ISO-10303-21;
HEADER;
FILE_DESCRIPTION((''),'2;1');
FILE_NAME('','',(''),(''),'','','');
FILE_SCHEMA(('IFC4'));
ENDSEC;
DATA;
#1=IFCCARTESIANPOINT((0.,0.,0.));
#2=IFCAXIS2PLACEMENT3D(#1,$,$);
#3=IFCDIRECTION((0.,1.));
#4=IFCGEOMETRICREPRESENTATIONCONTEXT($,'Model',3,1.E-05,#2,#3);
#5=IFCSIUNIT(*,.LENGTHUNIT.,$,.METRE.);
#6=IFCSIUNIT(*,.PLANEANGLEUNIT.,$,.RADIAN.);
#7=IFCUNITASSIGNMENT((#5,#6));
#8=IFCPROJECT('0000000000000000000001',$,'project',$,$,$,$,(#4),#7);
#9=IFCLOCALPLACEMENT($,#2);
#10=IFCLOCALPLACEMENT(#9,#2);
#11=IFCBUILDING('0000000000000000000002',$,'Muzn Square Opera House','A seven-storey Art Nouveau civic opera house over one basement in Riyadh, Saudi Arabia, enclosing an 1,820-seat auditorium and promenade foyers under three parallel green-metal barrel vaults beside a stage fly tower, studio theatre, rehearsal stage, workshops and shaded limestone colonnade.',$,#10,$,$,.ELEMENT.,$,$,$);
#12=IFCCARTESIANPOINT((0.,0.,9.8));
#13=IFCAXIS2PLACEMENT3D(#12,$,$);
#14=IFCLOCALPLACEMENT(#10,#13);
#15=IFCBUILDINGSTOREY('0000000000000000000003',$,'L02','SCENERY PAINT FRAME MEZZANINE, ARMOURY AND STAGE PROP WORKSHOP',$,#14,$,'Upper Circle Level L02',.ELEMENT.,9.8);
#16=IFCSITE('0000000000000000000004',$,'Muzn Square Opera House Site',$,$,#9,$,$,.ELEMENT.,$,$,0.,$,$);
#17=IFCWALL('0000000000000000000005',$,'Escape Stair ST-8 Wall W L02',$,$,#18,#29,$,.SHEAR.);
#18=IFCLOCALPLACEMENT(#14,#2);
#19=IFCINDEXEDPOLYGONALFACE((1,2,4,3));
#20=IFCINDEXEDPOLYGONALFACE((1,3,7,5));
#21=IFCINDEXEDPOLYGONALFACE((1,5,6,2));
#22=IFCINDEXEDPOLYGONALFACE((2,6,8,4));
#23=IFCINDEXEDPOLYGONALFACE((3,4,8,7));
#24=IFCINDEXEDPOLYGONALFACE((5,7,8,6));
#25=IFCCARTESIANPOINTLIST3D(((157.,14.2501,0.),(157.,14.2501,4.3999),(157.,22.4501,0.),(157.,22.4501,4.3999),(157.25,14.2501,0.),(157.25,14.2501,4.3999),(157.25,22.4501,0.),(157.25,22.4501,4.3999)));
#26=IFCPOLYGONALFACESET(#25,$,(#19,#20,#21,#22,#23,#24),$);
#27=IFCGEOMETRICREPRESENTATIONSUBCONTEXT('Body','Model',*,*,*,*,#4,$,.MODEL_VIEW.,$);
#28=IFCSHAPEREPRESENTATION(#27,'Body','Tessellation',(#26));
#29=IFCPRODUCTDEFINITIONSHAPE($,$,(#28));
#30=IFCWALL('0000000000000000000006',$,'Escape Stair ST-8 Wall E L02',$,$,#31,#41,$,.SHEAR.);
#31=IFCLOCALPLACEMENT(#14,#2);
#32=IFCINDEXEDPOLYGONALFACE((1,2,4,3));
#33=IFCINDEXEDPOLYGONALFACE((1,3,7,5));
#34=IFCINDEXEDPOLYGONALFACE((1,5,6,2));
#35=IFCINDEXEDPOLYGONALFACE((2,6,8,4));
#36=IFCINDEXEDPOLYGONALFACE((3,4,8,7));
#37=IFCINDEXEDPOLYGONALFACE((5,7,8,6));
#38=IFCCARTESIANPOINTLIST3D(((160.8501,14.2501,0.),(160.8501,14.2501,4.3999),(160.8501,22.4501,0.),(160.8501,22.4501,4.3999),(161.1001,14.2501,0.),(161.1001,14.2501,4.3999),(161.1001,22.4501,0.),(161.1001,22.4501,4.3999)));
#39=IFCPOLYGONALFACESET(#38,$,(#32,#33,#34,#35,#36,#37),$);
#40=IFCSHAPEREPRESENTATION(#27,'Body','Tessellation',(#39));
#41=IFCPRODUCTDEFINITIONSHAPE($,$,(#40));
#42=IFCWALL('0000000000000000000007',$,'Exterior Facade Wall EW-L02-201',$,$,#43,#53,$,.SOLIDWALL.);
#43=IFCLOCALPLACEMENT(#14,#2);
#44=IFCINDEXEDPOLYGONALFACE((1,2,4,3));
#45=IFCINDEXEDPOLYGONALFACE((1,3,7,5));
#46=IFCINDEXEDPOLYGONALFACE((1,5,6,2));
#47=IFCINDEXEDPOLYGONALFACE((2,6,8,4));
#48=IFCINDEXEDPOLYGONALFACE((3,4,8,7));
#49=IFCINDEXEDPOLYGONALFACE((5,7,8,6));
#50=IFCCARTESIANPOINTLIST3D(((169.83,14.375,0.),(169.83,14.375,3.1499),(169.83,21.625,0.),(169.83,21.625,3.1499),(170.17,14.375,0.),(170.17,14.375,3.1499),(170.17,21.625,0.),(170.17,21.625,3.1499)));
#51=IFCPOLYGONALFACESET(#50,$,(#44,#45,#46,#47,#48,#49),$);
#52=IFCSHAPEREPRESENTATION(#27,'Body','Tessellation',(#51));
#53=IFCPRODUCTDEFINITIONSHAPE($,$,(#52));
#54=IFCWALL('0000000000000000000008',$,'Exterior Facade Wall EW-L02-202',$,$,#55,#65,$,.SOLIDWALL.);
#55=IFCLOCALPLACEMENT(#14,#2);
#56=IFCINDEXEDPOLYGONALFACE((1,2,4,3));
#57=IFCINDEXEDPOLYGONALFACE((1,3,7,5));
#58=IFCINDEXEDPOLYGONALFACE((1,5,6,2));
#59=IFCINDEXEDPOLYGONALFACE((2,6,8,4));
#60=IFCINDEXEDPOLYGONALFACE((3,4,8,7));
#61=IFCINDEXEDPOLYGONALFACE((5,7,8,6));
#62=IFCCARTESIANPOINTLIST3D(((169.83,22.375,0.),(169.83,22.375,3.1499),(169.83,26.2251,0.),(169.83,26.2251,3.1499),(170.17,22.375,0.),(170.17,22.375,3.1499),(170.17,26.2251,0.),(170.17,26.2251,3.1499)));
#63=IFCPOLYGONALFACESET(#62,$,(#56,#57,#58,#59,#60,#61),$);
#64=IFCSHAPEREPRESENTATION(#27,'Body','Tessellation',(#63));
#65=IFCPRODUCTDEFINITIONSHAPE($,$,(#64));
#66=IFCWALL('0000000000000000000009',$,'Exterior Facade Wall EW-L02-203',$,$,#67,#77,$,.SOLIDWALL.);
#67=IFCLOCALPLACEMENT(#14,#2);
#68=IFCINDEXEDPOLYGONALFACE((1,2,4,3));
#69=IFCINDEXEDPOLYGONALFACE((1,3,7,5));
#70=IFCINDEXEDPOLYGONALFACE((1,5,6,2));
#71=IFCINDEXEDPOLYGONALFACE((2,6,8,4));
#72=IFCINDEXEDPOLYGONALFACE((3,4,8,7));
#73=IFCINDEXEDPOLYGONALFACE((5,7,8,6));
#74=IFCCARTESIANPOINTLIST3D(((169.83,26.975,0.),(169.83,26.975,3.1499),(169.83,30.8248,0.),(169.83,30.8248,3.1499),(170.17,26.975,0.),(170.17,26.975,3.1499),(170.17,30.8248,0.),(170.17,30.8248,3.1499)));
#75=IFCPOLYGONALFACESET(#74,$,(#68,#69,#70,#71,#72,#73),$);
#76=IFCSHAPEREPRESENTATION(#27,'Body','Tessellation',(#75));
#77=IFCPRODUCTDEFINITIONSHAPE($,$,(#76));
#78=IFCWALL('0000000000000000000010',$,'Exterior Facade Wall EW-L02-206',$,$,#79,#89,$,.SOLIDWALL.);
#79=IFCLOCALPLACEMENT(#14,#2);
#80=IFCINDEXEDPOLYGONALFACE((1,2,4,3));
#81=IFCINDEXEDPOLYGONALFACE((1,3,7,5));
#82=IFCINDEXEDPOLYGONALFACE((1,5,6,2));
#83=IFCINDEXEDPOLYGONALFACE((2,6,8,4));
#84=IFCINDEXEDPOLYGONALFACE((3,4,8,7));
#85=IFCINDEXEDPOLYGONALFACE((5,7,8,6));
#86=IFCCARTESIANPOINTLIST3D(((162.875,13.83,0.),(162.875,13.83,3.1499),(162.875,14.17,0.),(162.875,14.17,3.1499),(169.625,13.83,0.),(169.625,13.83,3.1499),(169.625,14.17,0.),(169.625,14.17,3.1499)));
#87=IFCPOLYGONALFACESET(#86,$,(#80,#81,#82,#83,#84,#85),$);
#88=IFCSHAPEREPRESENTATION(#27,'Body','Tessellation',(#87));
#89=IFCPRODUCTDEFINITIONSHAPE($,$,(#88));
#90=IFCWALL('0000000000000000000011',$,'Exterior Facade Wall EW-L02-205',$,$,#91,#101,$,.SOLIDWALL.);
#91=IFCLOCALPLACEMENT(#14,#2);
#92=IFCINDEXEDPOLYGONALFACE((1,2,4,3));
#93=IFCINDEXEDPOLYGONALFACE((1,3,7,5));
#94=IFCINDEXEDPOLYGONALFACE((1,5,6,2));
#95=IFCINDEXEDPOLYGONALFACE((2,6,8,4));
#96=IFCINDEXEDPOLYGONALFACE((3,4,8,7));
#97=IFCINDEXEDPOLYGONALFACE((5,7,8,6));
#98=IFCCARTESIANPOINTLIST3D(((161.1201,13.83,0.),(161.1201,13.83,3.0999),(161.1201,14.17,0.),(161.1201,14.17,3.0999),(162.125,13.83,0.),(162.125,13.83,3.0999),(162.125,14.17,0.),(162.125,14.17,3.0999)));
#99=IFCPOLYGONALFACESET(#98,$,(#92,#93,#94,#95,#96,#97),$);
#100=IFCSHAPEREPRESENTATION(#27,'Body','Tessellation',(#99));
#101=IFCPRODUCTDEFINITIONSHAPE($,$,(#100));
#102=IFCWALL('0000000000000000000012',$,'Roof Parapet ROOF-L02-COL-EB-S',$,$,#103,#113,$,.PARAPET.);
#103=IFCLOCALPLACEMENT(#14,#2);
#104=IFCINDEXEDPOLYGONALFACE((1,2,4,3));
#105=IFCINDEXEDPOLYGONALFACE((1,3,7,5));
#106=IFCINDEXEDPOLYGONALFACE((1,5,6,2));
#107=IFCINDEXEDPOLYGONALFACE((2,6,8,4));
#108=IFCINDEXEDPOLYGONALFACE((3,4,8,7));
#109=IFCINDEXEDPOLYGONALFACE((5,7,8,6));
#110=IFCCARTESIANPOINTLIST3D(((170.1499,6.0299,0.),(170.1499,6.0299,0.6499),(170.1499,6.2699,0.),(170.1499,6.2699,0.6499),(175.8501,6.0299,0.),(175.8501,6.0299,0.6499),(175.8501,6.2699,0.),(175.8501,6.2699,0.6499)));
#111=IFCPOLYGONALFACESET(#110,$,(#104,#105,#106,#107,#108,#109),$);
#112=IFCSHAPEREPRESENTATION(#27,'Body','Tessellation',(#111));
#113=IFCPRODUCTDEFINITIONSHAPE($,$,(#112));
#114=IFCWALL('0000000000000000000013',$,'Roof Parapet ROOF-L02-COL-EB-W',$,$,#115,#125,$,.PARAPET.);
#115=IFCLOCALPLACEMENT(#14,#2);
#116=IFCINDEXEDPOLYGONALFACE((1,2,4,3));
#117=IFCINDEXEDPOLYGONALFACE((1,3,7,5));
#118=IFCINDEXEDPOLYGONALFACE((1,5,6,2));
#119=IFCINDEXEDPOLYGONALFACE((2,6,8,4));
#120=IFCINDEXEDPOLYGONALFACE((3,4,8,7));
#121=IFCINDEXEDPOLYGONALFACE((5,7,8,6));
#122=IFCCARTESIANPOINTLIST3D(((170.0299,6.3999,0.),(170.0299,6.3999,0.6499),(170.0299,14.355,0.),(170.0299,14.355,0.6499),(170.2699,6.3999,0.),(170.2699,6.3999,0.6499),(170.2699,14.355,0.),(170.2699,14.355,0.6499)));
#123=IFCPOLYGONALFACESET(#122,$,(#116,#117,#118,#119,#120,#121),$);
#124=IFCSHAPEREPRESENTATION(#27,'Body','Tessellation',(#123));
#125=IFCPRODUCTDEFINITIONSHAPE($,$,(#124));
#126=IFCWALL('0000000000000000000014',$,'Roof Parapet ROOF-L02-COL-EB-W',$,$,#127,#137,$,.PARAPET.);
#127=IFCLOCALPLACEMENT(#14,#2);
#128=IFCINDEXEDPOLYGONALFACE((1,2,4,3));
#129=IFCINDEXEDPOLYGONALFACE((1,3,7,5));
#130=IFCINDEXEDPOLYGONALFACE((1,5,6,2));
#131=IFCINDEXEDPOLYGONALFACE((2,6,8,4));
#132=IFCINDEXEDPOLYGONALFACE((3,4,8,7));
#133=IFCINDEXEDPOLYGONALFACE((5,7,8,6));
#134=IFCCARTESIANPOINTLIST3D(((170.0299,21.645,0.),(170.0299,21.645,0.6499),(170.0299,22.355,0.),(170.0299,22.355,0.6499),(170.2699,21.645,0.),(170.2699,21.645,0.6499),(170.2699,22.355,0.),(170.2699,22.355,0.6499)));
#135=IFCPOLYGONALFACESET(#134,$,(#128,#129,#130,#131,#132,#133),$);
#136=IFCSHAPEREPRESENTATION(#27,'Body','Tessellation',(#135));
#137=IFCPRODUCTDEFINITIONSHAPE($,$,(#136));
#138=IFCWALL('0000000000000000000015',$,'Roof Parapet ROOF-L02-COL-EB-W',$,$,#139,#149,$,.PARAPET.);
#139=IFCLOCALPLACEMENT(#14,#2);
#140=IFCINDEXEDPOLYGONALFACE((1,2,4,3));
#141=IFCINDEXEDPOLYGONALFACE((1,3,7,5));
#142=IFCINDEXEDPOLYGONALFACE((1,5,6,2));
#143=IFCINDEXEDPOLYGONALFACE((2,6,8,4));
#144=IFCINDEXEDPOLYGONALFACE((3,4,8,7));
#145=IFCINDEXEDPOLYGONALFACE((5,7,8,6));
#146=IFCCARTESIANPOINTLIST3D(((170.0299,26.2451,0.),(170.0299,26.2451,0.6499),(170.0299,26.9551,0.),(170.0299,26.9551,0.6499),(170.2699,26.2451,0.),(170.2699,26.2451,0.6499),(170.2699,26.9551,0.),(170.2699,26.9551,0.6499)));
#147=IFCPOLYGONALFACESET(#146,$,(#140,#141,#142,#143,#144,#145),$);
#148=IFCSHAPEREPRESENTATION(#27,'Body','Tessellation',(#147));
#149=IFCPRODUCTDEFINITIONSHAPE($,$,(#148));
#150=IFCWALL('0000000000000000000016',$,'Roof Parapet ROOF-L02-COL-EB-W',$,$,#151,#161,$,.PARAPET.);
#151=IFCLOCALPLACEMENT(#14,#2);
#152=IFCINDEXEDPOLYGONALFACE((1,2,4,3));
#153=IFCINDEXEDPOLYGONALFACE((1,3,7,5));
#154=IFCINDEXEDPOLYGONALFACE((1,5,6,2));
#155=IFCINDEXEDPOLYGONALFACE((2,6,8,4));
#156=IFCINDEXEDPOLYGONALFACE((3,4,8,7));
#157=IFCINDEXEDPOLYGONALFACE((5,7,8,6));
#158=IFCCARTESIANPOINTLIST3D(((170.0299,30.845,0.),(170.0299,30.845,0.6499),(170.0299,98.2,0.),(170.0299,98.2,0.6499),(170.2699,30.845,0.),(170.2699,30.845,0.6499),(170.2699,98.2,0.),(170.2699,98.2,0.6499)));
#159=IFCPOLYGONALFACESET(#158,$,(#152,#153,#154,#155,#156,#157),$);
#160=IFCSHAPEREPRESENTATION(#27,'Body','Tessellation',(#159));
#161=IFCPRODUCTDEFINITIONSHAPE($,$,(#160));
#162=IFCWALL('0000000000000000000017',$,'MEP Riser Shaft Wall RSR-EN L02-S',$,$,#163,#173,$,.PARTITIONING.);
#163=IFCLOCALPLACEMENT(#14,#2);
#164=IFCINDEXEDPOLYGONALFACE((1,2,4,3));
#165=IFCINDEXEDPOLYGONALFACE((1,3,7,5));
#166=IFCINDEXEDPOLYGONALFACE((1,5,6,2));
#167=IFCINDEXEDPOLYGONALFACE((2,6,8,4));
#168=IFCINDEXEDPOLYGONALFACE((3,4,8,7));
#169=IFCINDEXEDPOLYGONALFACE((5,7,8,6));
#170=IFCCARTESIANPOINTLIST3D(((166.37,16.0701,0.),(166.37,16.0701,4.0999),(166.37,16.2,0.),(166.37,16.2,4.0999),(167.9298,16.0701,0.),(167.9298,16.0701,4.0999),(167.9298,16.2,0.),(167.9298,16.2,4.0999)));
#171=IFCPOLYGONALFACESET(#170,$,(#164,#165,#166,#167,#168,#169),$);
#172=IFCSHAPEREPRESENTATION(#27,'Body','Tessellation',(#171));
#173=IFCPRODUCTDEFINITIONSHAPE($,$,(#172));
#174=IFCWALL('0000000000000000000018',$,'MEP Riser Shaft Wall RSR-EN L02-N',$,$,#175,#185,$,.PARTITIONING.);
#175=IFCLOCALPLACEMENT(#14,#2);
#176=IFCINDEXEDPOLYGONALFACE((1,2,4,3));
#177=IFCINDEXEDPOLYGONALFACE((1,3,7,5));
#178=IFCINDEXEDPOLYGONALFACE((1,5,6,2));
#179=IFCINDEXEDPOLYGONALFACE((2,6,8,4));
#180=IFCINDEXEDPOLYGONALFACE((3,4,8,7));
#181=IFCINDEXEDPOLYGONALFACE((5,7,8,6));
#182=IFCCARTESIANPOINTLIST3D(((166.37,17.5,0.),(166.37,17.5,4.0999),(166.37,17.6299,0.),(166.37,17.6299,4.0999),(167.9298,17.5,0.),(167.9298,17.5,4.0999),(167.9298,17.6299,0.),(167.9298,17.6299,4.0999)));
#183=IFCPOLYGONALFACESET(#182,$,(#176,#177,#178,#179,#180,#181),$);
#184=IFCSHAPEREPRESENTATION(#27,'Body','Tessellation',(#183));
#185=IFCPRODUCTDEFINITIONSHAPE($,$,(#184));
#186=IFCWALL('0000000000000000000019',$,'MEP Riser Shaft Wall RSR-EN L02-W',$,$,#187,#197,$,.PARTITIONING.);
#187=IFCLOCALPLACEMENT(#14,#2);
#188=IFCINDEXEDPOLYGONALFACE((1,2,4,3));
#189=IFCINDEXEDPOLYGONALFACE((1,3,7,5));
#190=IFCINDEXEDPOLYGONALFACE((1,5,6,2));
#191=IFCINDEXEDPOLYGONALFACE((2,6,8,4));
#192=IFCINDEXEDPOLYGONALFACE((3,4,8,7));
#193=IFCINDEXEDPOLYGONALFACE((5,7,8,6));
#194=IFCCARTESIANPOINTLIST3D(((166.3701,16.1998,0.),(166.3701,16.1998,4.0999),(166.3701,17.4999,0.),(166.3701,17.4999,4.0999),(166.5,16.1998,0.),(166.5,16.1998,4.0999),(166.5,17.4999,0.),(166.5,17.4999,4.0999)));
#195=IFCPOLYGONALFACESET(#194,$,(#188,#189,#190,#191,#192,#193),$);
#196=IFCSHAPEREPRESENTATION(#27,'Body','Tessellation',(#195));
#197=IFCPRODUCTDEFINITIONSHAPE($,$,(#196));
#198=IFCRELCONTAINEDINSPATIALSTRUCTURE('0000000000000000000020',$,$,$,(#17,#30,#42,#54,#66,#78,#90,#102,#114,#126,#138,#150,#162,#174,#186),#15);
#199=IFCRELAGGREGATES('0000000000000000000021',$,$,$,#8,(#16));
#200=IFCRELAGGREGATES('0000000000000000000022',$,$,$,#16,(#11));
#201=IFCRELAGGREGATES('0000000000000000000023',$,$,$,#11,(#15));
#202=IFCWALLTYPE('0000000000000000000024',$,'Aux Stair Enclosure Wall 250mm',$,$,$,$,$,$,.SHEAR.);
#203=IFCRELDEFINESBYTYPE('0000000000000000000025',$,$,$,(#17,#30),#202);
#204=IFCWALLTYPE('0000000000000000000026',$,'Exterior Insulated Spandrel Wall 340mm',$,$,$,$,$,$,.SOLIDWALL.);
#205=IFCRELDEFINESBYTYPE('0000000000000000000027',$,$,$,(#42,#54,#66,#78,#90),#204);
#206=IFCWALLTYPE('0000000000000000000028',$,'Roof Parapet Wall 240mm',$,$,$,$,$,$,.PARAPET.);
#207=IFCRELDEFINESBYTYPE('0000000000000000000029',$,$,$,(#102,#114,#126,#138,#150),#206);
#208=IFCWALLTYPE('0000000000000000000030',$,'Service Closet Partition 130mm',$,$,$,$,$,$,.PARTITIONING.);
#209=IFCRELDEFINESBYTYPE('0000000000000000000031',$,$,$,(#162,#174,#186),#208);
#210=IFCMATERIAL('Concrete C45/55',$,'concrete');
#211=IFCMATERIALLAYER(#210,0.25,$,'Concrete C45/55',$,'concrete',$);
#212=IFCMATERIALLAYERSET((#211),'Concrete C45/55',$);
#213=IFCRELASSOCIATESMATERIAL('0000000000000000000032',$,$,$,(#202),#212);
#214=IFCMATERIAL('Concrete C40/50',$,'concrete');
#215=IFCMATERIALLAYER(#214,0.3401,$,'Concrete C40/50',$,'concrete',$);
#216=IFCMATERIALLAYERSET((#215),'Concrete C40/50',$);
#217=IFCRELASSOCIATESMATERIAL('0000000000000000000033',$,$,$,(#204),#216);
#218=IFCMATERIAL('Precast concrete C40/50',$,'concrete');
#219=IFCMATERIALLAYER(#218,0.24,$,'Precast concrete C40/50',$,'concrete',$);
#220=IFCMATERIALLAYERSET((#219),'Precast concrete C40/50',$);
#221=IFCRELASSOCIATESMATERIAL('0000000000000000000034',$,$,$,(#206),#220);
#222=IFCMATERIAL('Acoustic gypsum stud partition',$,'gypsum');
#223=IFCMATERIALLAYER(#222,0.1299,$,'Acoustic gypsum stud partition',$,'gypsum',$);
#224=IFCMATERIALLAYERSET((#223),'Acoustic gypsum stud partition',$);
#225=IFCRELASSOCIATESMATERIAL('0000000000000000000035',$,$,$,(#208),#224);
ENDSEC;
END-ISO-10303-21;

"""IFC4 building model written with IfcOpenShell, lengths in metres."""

from ifc_helpers import new_model, si_unit, direction, frame, frame_2d, origin, place, context, subcontext, project, spatial, rectangle, extrude, material, layer, layer_set, type_object, element, save


model = new_model("IFC4")

# Units and contexts
model_context = context("Model", 3, precision=1e-05, world=origin(), true_north=direction((0.0, 1.0)))
body_context = subcontext(model_context, "Body", "Model", "MODEL_VIEW")
ifc_project = project(units=[si_unit("LENGTHUNIT", "METRE"), si_unit("PLANEANGLEUNIT", "RADIAN")], contexts=[model_context])

# Site, building, storey
site_placement = place(None, origin())
site = spatial("IfcSite", under=ifc_project, at=site_placement, Name="Muzn Square Opera House Site", CompositionType="ELEMENT", RefElevation=0.0)
building_placement = place(site_placement, origin())
building = spatial("IfcBuilding", under=site, at=building_placement, Name="Muzn Square Opera House", Description="A seven-storey Art Nouveau civic opera house over one basement in Riyadh, Saudi Arabia, enclosing an 1,820-seat auditorium and promenade foyers under three parallel green-metal barrel vaults beside a stage fly tower, studio theatre, rehearsal stage, workshops and shaded limestone colonnade.", CompositionType="ELEMENT")
storey_placement = place(building_placement, frame((0.0, 0.0, 9.8)))
storey = spatial("IfcBuildingStorey", under=building, at=storey_placement, Name="L02", Description="SCENERY PAINT FRAME MEZZANINE, ARMOURY AND STAGE PROP WORKSHOP", LongName="Upper Circle Level L02", CompositionType="ELEMENT", Elevation=9.8)

# Shared definitions
ifc_material_1 = material(Name="Concrete C45/55", Category="concrete")

# Shared definitions
ifc_material_2 = material(Name="Concrete C40/50", Category="concrete")

# Walls
ifc_layer_1 = layer(ifc_material_1, 0.25, Name="Concrete C45/55", Category="concrete")
ifc_layer_set_1 = layer_set([ifc_layer_1], Name="Concrete C45/55")
wall_type_1 = type_object("IfcWallType", Name="Aux Stair Enclosure Wall 250mm", PredefinedType="SHEAR", material=ifc_layer_set_1)
for number, where, z_axis, x_axis, name in (
    (1, (157.125, 14.25, 0.0), (0.0, 0.0, 1.0), (0.0, 1.0, 0.0), "Escape Stair ST-8 Wall W L02"),
    (2, (160.9751, 14.25, 0.0), (0.0, 0.0, 1.0), (0.0, 1.0, 0.0), "Escape Stair ST-8 Wall E L02"),
):
    element("IfcWall", number, at=place(storey_placement, frame(where, z_axis=z_axis, x_axis=x_axis)), inside=storey, type_object=wall_type_1, Name=name, PredefinedType="SHEAR", context=body_context, shape_type="SweptSolid", body=[
        extrude(rectangle(XDim=8.2, YDim=0.25, at=frame_2d((4.1001, 0.0))), origin(), (0.0, 0.0, 1.0), 4.3999),
    ])
ifc_layer_2 = layer(ifc_material_2, 0.3401, Name="Concrete C40/50", Category="concrete")
ifc_layer_set_2 = layer_set([ifc_layer_2], Name="Concrete C40/50")
wall_type_2 = type_object("IfcWallType", Name="Exterior Insulated Spandrel Wall 340mm", PredefinedType="SOLIDWALL", material=ifc_layer_set_2)
wall_1_placement = place(storey_placement, frame((170.0, 14.375, 0.0), z_axis=(0.0, 0.0, 1.0), x_axis=(0.0, 1.0, 0.0)))
element("IfcWall", 3, at=wall_1_placement, inside=storey, type_object=wall_type_2, Name="Exterior Facade Wall EW-L02-201", PredefinedType="SOLIDWALL", context=body_context, shape_type="SweptSolid", body=[
    extrude(rectangle(XDim=7.25, YDim=0.3401, at=frame_2d((3.625, 0.0))), origin(), (0.0, 0.0, 1.0), 3.1499),
])
wall_2_placement = place(storey_placement, frame((170.0, 22.375, 0.0), z_axis=(0.0, 0.0, 1.0), x_axis=(0.0, 1.0, 0.0)))
element("IfcWall", 4, at=wall_2_placement, inside=storey, type_object=wall_type_2, Name="Exterior Facade Wall EW-L02-202", PredefinedType="SOLIDWALL", context=body_context, shape_type="SweptSolid", body=[
    extrude(rectangle(XDim=3.8501, YDim=0.3401, at=frame_2d((1.925, 0.0))), origin(), (0.0, 0.0, 1.0), 3.1499),
])
wall_3_placement = place(storey_placement, frame((170.0, 26.9751, 0.0), z_axis=(0.0, 0.0, 1.0), x_axis=(0.0, 1.0, 0.0)))
element("IfcWall", 5, at=wall_3_placement, inside=storey, type_object=wall_type_2, Name="Exterior Facade Wall EW-L02-203", PredefinedType="SOLIDWALL", context=body_context, shape_type="SweptSolid", body=[
    extrude(rectangle(XDim=3.8499, YDim=0.3401, at=frame_2d((1.9248, 0.0))), origin(), (0.0, 0.0, 1.0), 3.1499),
])
wall_4_placement = place(storey_placement, frame((162.875, 14.0, 0.0), z_axis=(0.0, 0.0, 1.0), x_axis=(1.0, 0.0, 0.0)))
element("IfcWall", 6, at=wall_4_placement, inside=storey, type_object=wall_type_2, Name="Exterior Facade Wall EW-L02-206", PredefinedType="SOLIDWALL", context=body_context, shape_type="SweptSolid", body=[
    extrude(rectangle(XDim=6.75, YDim=0.3401, at=frame_2d((3.375, 0.0))), origin(), (0.0, 0.0, 1.0), 3.1499),
])
wall_5_placement = place(storey_placement, frame((161.1201, 14.0, 0.0), z_axis=(0.0, 0.0, 1.0), x_axis=(1.0, 0.0, 0.0)))
element("IfcWall", 7, at=wall_5_placement, inside=storey, type_object=wall_type_2, Name="Exterior Facade Wall EW-L02-205", PredefinedType="SOLIDWALL", context=body_context, shape_type="SweptSolid", body=[
    extrude(rectangle(XDim=1.0049, YDim=0.3401, at=frame_2d((0.5024, 0.0))), origin(), (0.0, 0.0, 1.0), 3.0999),
])
ifc_material_3 = material(Name="Precast concrete C40/50", Category="concrete")
ifc_layer_3 = layer(ifc_material_3, 0.24, Name="Precast concrete C40/50", Category="concrete")
ifc_layer_set_3 = layer_set([ifc_layer_3], Name="Precast concrete C40/50")
wall_type_3 = type_object("IfcWallType", Name="Roof Parapet Wall 240mm", PredefinedType="PARAPET", material=ifc_layer_set_3)
wall_6_placement = place(storey_placement, frame((170.1499, 6.1499, 0.0), z_axis=(0.0, 0.0, 1.0), x_axis=(1.0, 0.0, 0.0)))
element("IfcWall", 8, at=wall_6_placement, inside=storey, type_object=wall_type_3, Name="Roof Parapet ROOF-L02-COL-EB-S", PredefinedType="PARAPET", context=body_context, shape_type="SweptSolid", body=[
    extrude(rectangle(XDim=5.7002, YDim=0.24, at=frame_2d((2.8501, 0.0))), origin(), (0.0, 0.0, 1.0), 0.6499),
])
wall_7_placement = place(storey_placement, frame((170.1499, 6.3999, 0.0), z_axis=(0.0, 0.0, 1.0), x_axis=(0.0, 1.0, 0.0)))
element("IfcWall", 9, at=wall_7_placement, inside=storey, type_object=wall_type_3, Name="Roof Parapet ROOF-L02-COL-EB-W", PredefinedType="PARAPET", context=body_context, shape_type="SweptSolid", body=[
    extrude(rectangle(XDim=7.9551, YDim=0.24, at=frame_2d((3.9775, 0.0))), origin(), (0.0, 0.0, 1.0), 0.6499),
])
for number, where, z_axis, x_axis, name in (
    (10, (170.1499, 21.645, 0.0), (0.0, 0.0, 1.0), (0.0, 1.0, 0.0), "Roof Parapet ROOF-L02-COL-EB-W"),
    (11, (170.1499, 26.2451, 0.0), (0.0, 0.0, 1.0), (0.0, 1.0, 0.0), "Roof Parapet ROOF-L02-COL-EB-W"),
):
    element("IfcWall", number, at=place(storey_placement, frame(where, z_axis=z_axis, x_axis=x_axis)), inside=storey, type_object=wall_type_3, Name=name, PredefinedType="PARAPET", context=body_context, shape_type="SweptSolid", body=[
        extrude(rectangle(XDim=0.71, YDim=0.24, at=frame_2d((0.355, 0.0))), origin(), (0.0, 0.0, 1.0), 0.6499),
    ])
wall_8_placement = place(storey_placement, frame((170.1499, 30.845, 0.0), z_axis=(0.0, 0.0, 1.0), x_axis=(0.0, 1.0, 0.0)))
element("IfcWall", 12, at=wall_8_placement, inside=storey, type_object=wall_type_3, Name="Roof Parapet ROOF-L02-COL-EB-W", PredefinedType="PARAPET", context=body_context, shape_type="SweptSolid", body=[
    extrude(rectangle(XDim=67.355, YDim=0.24, at=frame_2d((33.6775, 0.0))), origin(), (0.0, 0.0, 1.0), 0.6499),
])
ifc_material_4 = material(Name="Acoustic gypsum stud partition", Category="gypsum")
ifc_layer_4 = layer(ifc_material_4, 0.1299, Name="Acoustic gypsum stud partition", Category="gypsum")
ifc_layer_set_4 = layer_set([ifc_layer_4], Name="Acoustic gypsum stud partition")
wall_type_4 = type_object("IfcWallType", Name="Service Closet Partition 130mm", PredefinedType="PARTITIONING", material=ifc_layer_set_4)
for number, where, z_axis, x_axis, name in (
    (13, (166.3701, 16.135, 0.0), (0.0, 0.0, 1.0), (1.0, 0.0, 0.0), "MEP Riser Shaft Wall RSR-EN L02-S"),
    (14, (166.3701, 17.5649, 0.0), (0.0, 0.0, 1.0), (1.0, 0.0, 0.0), "MEP Riser Shaft Wall RSR-EN L02-N"),
):
    element("IfcWall", number, at=place(storey_placement, frame(where, z_axis=z_axis, x_axis=x_axis)), inside=storey, type_object=wall_type_4, Name=name, PredefinedType="PARTITIONING", context=body_context, shape_type="SweptSolid", body=[
        extrude(rectangle(XDim=1.5598, YDim=0.1299, at=frame_2d((0.7798, 0.0))), origin(), (0.0, 0.0, 1.0), 4.0999),
    ])
for number, where, z_axis, x_axis, name in (
    (15, (166.4351, 16.2, 0.0), (0.0, 0.0, 1.0), (0.0, 1.0, 0.0), "MEP Riser Shaft Wall RSR-EN L02-W"),
):
    element("IfcWall", number, at=place(storey_placement, frame(where, z_axis=z_axis, x_axis=x_axis)), inside=storey, type_object=wall_type_4, Name=name, PredefinedType="PARTITIONING", context=body_context, shape_type="SweptSolid", body=[
        extrude(rectangle(XDim=1.3, YDim=0.1299, at=frame_2d((0.6499, 0.0))), origin(), (0.0, 0.0, 1.0), 4.0999),
    ])

save(model, "model.ifc")
